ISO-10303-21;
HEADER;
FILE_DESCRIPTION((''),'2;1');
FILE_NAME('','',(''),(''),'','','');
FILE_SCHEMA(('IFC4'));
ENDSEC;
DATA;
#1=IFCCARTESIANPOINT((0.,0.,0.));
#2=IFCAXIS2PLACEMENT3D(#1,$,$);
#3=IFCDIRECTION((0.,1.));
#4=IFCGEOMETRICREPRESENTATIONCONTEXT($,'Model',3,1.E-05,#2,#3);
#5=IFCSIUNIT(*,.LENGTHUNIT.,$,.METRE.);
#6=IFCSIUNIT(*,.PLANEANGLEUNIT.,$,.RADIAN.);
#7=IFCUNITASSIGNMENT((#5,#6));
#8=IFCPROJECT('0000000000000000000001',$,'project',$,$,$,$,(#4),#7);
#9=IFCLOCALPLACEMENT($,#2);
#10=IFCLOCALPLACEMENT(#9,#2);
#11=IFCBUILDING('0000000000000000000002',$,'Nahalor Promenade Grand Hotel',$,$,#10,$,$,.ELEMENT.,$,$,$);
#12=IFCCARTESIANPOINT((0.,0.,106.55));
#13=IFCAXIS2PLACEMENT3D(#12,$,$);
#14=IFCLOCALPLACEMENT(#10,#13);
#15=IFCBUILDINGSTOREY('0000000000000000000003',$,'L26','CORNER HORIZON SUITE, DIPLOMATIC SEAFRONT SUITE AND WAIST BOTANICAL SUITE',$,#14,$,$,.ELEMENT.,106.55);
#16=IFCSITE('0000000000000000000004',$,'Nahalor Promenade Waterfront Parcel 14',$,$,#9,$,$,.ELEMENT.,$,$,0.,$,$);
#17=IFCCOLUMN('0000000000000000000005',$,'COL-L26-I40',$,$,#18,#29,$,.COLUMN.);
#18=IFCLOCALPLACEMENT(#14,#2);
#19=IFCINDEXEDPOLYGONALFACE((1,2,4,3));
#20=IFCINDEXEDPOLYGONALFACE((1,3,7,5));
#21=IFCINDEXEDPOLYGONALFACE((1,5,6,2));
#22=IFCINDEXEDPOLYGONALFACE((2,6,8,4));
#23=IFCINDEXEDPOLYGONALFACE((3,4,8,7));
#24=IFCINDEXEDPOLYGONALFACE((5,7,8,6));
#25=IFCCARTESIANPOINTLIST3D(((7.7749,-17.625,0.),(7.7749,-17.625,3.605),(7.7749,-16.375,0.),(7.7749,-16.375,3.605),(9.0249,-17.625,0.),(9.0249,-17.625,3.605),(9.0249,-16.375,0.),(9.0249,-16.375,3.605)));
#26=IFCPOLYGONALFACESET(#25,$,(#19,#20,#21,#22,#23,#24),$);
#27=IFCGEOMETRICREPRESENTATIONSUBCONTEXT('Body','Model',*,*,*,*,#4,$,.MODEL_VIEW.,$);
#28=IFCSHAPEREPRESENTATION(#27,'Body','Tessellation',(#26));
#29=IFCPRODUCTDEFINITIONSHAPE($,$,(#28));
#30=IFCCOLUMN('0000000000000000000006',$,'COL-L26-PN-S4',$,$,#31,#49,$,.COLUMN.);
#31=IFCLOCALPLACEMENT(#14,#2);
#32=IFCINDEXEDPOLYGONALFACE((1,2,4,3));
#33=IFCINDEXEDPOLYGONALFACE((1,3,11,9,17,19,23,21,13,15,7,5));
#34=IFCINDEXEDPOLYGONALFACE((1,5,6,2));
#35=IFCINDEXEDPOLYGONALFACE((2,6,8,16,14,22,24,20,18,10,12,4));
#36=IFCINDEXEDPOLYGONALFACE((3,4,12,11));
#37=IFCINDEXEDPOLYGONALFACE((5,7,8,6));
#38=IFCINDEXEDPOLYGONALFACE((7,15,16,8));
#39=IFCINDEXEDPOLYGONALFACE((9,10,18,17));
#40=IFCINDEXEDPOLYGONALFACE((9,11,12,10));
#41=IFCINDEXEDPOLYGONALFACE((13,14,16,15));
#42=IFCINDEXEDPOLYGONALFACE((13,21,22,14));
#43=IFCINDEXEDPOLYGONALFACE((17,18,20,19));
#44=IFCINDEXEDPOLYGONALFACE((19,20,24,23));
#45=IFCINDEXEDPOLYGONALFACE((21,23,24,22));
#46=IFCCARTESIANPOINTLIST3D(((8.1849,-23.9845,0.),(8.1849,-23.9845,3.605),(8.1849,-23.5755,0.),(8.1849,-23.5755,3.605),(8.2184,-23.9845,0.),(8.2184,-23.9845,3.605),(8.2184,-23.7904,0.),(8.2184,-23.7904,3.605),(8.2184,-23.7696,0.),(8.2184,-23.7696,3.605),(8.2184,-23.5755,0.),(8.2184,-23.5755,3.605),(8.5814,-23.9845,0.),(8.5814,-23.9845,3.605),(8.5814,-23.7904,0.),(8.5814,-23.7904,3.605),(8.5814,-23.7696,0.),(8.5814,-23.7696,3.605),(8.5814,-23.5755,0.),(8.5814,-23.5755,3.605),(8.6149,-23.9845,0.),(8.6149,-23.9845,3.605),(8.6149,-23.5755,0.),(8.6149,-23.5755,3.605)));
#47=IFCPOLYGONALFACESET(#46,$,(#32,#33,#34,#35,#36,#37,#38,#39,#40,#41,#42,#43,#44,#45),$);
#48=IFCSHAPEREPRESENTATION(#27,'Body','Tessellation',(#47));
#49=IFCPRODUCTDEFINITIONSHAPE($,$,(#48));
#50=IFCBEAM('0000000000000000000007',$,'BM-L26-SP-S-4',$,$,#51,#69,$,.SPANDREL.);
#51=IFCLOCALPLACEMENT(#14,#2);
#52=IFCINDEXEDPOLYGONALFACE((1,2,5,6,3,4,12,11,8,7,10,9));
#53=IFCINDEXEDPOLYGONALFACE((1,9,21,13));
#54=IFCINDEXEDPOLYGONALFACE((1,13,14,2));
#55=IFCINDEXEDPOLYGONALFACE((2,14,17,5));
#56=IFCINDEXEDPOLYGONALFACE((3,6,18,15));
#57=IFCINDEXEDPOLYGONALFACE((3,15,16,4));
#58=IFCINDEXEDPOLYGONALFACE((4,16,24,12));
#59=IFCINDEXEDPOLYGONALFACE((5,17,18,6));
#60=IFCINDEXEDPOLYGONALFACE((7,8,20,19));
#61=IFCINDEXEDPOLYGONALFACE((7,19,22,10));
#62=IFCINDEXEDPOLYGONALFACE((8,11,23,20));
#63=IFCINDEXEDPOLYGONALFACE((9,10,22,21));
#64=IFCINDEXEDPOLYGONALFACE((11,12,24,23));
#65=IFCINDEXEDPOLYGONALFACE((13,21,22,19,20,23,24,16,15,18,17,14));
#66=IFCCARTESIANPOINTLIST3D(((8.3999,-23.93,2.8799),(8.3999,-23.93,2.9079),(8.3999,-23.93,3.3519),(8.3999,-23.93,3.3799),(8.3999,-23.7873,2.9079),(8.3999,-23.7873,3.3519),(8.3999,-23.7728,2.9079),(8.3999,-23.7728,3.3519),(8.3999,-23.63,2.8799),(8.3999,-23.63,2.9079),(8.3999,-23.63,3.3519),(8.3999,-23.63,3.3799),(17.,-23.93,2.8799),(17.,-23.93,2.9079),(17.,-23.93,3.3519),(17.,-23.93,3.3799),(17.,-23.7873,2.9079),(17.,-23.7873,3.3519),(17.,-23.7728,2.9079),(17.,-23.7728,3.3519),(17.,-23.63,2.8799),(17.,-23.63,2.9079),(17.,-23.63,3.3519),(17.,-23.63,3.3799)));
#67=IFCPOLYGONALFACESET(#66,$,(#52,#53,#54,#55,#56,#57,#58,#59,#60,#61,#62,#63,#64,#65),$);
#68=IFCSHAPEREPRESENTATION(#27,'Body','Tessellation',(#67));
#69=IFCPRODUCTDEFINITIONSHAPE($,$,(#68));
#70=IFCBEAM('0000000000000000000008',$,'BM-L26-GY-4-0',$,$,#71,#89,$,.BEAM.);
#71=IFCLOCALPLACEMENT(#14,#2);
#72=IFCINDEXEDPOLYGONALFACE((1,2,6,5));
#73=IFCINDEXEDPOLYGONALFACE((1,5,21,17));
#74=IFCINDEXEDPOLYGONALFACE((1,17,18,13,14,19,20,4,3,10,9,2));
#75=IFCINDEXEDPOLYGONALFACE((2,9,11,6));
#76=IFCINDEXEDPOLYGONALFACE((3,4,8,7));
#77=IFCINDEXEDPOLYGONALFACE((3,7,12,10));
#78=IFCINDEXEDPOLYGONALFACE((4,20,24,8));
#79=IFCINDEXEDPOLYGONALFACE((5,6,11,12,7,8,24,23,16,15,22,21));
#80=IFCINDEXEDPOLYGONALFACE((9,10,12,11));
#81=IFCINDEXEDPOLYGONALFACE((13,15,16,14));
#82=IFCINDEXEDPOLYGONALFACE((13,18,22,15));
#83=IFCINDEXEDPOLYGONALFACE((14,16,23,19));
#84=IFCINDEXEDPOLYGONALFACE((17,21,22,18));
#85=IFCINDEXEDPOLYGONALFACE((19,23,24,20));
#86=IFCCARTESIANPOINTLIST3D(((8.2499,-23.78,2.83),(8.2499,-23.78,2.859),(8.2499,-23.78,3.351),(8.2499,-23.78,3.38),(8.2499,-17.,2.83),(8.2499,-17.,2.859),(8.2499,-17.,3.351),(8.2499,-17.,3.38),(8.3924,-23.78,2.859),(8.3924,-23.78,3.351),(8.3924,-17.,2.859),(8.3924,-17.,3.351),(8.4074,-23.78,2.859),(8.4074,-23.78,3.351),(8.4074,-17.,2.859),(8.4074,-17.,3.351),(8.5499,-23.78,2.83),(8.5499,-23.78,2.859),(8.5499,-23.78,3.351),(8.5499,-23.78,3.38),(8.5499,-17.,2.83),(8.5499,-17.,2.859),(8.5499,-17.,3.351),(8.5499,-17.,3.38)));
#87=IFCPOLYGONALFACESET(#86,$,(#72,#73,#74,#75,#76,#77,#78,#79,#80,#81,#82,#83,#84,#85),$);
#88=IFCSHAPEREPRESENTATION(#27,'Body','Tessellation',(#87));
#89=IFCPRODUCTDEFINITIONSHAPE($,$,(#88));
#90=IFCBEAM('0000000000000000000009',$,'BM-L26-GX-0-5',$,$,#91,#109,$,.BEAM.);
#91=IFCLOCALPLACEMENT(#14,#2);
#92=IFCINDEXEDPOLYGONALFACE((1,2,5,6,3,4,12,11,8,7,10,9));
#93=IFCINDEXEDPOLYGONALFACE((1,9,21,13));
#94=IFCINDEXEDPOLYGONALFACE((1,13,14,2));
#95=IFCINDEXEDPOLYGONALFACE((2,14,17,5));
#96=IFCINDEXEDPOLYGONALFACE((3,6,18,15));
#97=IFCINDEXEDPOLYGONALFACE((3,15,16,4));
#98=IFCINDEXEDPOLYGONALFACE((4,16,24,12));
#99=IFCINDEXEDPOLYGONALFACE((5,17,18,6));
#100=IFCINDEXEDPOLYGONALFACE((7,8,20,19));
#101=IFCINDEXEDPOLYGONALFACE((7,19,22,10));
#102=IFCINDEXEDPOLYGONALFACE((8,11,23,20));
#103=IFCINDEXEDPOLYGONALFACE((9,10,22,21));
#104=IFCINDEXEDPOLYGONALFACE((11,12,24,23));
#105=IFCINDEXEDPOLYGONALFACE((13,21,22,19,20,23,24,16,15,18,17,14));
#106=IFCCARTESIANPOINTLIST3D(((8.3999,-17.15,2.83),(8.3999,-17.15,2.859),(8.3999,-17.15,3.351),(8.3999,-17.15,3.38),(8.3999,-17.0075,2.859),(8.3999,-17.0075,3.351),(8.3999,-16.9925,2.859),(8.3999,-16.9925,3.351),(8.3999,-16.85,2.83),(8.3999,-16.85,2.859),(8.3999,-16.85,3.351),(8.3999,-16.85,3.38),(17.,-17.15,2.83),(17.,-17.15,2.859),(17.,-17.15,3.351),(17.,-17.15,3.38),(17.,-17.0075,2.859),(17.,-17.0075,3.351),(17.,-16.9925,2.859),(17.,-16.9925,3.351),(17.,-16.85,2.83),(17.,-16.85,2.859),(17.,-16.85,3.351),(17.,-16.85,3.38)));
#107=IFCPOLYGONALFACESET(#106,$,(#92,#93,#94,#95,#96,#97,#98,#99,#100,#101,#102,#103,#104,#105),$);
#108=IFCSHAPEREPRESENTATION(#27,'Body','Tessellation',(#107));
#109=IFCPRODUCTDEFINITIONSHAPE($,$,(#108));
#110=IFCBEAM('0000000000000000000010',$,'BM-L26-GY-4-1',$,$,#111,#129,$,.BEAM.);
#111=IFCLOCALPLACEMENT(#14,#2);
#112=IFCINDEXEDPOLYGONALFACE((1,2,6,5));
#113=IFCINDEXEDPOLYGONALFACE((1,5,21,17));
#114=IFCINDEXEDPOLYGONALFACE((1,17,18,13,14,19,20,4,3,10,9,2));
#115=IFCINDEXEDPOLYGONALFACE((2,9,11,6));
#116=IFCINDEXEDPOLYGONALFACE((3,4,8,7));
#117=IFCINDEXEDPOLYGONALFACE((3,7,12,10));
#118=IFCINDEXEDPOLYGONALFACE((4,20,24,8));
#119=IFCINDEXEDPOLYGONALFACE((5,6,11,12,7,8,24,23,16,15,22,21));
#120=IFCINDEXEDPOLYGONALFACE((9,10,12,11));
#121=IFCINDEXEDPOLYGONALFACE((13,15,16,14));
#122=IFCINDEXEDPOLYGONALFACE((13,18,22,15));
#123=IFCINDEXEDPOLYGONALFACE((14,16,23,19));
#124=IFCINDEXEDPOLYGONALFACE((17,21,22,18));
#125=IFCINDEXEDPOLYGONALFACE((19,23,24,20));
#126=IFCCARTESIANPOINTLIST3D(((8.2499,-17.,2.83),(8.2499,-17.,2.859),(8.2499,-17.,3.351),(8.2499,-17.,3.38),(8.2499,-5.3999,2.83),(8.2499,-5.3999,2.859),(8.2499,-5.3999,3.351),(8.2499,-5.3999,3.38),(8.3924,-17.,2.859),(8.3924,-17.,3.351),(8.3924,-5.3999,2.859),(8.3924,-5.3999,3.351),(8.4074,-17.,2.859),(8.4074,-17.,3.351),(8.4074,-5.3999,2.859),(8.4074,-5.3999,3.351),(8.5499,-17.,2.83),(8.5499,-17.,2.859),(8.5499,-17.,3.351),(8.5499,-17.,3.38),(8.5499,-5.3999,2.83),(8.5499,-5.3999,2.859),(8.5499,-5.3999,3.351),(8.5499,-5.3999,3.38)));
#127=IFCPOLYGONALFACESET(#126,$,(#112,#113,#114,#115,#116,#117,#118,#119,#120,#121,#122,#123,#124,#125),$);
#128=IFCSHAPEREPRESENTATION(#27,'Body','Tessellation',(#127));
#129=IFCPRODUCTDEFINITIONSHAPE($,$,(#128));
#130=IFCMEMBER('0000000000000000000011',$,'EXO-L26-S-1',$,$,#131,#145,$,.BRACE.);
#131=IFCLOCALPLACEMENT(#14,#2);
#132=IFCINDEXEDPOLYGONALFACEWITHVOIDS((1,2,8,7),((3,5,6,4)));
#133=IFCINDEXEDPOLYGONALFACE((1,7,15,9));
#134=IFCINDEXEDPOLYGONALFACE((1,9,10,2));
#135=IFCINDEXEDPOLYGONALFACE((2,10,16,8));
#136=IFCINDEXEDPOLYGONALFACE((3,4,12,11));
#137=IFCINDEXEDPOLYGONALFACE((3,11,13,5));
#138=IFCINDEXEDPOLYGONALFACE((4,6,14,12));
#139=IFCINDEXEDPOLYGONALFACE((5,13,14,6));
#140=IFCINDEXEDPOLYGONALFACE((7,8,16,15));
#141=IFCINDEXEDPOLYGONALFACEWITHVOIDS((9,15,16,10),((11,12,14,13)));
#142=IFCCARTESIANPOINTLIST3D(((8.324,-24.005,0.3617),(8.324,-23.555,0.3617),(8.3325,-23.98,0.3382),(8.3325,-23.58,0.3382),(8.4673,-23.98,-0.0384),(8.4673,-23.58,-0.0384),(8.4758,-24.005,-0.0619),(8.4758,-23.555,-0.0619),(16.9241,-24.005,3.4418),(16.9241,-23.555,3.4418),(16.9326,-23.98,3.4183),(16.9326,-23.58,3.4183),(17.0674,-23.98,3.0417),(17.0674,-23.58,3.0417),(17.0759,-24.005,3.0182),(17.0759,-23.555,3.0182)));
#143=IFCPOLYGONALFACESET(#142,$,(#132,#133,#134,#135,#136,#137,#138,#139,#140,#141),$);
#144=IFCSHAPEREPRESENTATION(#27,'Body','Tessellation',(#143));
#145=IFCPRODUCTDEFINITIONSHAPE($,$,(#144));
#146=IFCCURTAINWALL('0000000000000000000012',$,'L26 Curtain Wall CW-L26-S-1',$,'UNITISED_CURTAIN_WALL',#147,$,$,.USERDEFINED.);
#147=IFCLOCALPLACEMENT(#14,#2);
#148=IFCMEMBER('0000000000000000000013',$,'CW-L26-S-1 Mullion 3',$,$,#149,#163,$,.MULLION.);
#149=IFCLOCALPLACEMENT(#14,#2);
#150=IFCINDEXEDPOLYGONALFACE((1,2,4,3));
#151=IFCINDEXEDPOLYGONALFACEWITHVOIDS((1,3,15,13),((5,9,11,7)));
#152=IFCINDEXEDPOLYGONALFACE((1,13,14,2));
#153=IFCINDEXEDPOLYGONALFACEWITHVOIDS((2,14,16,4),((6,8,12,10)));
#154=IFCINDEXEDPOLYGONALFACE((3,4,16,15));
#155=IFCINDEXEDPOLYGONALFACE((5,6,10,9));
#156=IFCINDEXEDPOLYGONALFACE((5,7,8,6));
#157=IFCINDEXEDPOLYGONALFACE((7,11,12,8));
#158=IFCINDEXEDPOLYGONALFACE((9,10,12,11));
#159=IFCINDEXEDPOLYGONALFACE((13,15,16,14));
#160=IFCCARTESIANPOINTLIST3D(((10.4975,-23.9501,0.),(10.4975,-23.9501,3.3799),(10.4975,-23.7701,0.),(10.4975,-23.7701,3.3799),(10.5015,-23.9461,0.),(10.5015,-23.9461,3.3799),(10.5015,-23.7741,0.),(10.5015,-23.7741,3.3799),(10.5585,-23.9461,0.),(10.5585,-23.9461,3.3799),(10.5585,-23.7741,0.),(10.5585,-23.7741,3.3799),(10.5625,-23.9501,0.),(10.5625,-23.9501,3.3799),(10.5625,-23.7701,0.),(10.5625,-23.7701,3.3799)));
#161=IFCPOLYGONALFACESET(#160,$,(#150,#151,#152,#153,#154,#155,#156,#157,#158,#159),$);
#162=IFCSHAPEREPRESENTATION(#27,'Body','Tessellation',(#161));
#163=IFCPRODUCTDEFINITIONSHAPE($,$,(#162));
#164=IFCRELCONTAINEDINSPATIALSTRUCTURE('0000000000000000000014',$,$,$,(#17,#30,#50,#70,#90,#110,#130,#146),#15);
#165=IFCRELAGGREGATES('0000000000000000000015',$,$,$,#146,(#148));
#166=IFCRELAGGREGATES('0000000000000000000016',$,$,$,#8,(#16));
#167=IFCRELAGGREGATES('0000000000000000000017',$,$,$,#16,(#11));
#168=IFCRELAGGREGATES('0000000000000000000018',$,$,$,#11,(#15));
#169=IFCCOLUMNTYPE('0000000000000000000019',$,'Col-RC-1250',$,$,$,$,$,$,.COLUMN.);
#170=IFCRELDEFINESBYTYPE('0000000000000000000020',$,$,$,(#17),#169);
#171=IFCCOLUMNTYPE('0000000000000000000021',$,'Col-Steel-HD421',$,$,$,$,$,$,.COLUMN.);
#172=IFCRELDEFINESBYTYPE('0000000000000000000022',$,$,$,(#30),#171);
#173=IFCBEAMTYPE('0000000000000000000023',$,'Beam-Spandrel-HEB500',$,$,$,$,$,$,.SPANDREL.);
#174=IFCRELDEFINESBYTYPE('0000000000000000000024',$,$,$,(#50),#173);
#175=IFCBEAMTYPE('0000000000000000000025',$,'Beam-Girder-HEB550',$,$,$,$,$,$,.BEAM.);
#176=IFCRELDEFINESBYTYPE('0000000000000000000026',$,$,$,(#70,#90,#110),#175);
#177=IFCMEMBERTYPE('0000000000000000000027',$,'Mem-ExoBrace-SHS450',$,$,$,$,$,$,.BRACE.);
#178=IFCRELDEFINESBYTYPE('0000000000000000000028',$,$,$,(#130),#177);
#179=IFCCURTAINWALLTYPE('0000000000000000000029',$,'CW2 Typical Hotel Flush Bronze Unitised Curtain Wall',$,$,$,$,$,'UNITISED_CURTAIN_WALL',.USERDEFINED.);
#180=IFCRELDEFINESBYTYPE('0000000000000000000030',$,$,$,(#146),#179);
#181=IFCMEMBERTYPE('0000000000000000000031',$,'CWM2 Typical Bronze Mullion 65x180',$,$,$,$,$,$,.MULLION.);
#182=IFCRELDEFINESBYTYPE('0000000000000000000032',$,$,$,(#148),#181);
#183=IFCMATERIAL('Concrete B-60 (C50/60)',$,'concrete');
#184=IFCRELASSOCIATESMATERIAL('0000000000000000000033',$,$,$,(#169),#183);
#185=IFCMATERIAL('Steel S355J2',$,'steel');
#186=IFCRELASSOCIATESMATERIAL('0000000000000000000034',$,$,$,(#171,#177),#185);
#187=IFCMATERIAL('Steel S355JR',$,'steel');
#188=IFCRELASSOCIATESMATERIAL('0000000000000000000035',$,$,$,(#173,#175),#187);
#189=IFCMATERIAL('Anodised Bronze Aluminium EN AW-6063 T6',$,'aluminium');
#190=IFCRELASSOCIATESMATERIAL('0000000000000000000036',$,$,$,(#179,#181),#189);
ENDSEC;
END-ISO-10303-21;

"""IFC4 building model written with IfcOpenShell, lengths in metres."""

from ifc_helpers import new_model, si_unit, direction, frame, origin, origin_2d, place, context, subcontext, project, spatial, rectangle, hollow_rectangle, i_section, extrude, source, transform, mapped, material, material_profile, profile_set, type_object, element, aggregate, save


model = new_model("IFC4")

# Units and contexts
model_context = context("Model", 3, precision=1e-05, world=origin(), true_north=direction((0.0, 1.0)))
body_context = subcontext(model_context, "Body", "Model", "MODEL_VIEW")
ifc_project = project(units=[si_unit("LENGTHUNIT", "METRE"), si_unit("PLANEANGLEUNIT", "RADIAN")], contexts=[model_context])

# Site, building, storey
site_placement = place(None, origin())
site = spatial("IfcSite", under=ifc_project, at=site_placement, Name="Nahalor Promenade Waterfront Parcel 14", CompositionType="ELEMENT", RefElevation=0.0)
building_placement = place(site_placement, origin())
building = spatial("IfcBuilding", under=site, at=building_placement, Name="Nahalor Promenade Grand Hotel", CompositionType="ELEMENT")
storey_placement = place(building_placement, frame((0.0, 0.0, 106.55)))
storey = spatial("IfcBuildingStorey", under=building, at=storey_placement, Name="L26", Description="CORNER HORIZON SUITE, DIPLOMATIC SEAFRONT SUITE AND WAIST BOTANICAL SUITE", CompositionType="ELEMENT", Elevation=106.55)

# Columns
ifc_material_1 = material(Name="Concrete B-60 (C50/60)", Category="concrete")
ifc_material_profile_1 = material_profile(ifc_material_1, rectangle(XDim=1.25, YDim=1.25, at=origin_2d()), Name="RC 1250x1250")
ifc_profile_set_1 = profile_set([ifc_material_profile_1], Name="Concrete B-60 (C50/60)")
column_type_1 = type_object("IfcColumnType", Name="Col-RC-1250", PredefinedType="COLUMN", material=ifc_profile_set_1)
shared_shape_1 = source(origin(), body_context, "Body", "SweptSolid", [
    extrude(rectangle(XDim=1.25, YDim=1.25, at=origin_2d()), origin(), (0.0, 0.0, 1.0), 3.605),
])
column_1_placement = place(storey_placement, frame((8.3999, -17.0, 0.0), z_axis=(0.0, 0.0, 1.0), x_axis=(1.0, 0.0, 0.0)))
element("IfcColumn", 1, at=column_1_placement, inside=storey, type_object=column_type_1, Name="COL-L26-I40", PredefinedType="COLUMN", context=body_context, shape_type="MappedRepresentation", body=[
    mapped(shared_shape_1, transform((0.0, 0.0, 0.0), scale=1.0)),
])
ifc_material_2 = material(Name="Steel S355J2", Category="steel")
ifc_material_profile_2 = material_profile(ifc_material_2, i_section(OverallWidth=0.409, OverallDepth=0.43, WebThickness=0.0208, FlangeThickness=0.0335, at=origin_2d()), Name="HD 400x421")
ifc_profile_set_2 = profile_set([ifc_material_profile_2], Name="Steel S355J2")
column_type_2 = type_object("IfcColumnType", Name="Col-Steel-HD421", PredefinedType="COLUMN", material=ifc_profile_set_2)
shared_shape_2 = source(origin(), body_context, "Body", "SweptSolid", [
    extrude(i_section(OverallWidth=0.409, OverallDepth=0.43, WebThickness=0.0208, FlangeThickness=0.0335, at=origin_2d()), origin(), (0.0, 0.0, 1.0), 3.605),
])
column_2_placement = place(storey_placement, frame((8.3999, -23.78, 0.0), z_axis=(0.0, 0.0, 1.0), x_axis=(0.0, 1.0, 0.0)))
element("IfcColumn", 2, at=column_2_placement, inside=storey, type_object=column_type_2, Name="COL-L26-PN-S4", PredefinedType="COLUMN", context=body_context, shape_type="MappedRepresentation", body=[
    mapped(shared_shape_2, transform((0.0, 0.0, 0.0), scale=1.0)),
])

# Beams
ifc_material_3 = material(Name="Steel S355JR", Category="steel")
ifc_material_profile_3 = material_profile(ifc_material_3, i_section(OverallWidth=0.3, OverallDepth=0.5, WebThickness=0.0145, FlangeThickness=0.028, at=origin_2d()), Name="HEB 500")
ifc_profile_set_3 = profile_set([ifc_material_profile_3], Name="Steel S355JR")
beam_type_1 = type_object("IfcBeamType", Name="Beam-Spandrel-HEB500", PredefinedType="SPANDREL", material=ifc_profile_set_3)
shared_shape_3 = source(origin(), body_context, "Body", "SweptSolid", [
    extrude(i_section(OverallWidth=0.3, OverallDepth=0.5, WebThickness=0.0145, FlangeThickness=0.028, at=origin_2d()), origin(), (0.0, 0.0, 1.0), 8.6001),
])
beam_1_placement = place(storey_placement, frame((8.3999, -23.78, 3.1299), z_axis=(1.0, 0.0, 0.0), x_axis=(0.0, 1.0, 0.0)))
element("IfcBeam", 3, at=beam_1_placement, inside=storey, type_object=beam_type_1, Name="BM-L26-SP-S-4", PredefinedType="SPANDREL", context=body_context, shape_type="MappedRepresentation", body=[
    mapped(shared_shape_3, transform((0.0, 0.0, 0.0), scale=1.0)),
])
ifc_material_profile_4 = material_profile(ifc_material_3, i_section(OverallWidth=0.3, OverallDepth=0.55, WebThickness=0.015, FlangeThickness=0.029, at=origin_2d()), Name="HEB 550")
ifc_profile_set_4 = profile_set([ifc_material_profile_4], Name="Steel S355JR")
beam_type_2 = type_object("IfcBeamType", Name="Beam-Girder-HEB550", PredefinedType="BEAM", material=ifc_profile_set_4)
shared_shape_4 = source(origin(), body_context, "Body", "SweptSolid", [
    extrude(i_section(OverallWidth=0.3, OverallDepth=0.55, WebThickness=0.015, FlangeThickness=0.029, at=origin_2d()), origin(), (0.0, 0.0, 1.0), 6.78),
])
beam_2_placement = place(storey_placement, frame((8.3999, -23.78, 3.105), z_axis=(0.0, 1.0, 0.0), x_axis=(-1.0, 0.0, 0.0)))
element("IfcBeam", 4, at=beam_2_placement, inside=storey, type_object=beam_type_2, Name="BM-L26-GY-4-0", PredefinedType="BEAM", context=body_context, shape_type="MappedRepresentation", body=[
    mapped(shared_shape_4, transform((0.0, 0.0, 0.0), scale=1.0)),
])
shared_shape_5 = source(origin(), body_context, "Body", "SweptSolid", [
    extrude(i_section(OverallWidth=0.3, OverallDepth=0.55, WebThickness=0.015, FlangeThickness=0.029, at=origin_2d()), origin(), (0.0, 0.0, 1.0), 8.6001),
])
beam_3_placement = place(storey_placement, frame((8.3999, -17.0, 3.105), z_axis=(1.0, 0.0, 0.0), x_axis=(0.0, 1.0, 0.0)))
element("IfcBeam", 5, at=beam_3_placement, inside=storey, type_object=beam_type_2, Name="BM-L26-GX-0-5", PredefinedType="BEAM", context=body_context, shape_type="MappedRepresentation", body=[
    mapped(shared_shape_5, transform((0.0, 0.0, 0.0), scale=1.0)),
])
shared_shape_6 = source(origin(), body_context, "Body", "SweptSolid", [
    extrude(i_section(OverallWidth=0.3, OverallDepth=0.55, WebThickness=0.015, FlangeThickness=0.029, at=origin_2d()), origin(), (0.0, 0.0, 1.0), 11.6001),
])
beam_4_placement = place(storey_placement, frame((8.3999, -17.0, 3.105), z_axis=(0.0, 1.0, 0.0), x_axis=(-1.0, 0.0, 0.0)))
element("IfcBeam", 6, at=beam_4_placement, inside=storey, type_object=beam_type_2, Name="BM-L26-GY-4-1", PredefinedType="BEAM", context=body_context, shape_type="MappedRepresentation", body=[
    mapped(shared_shape_6, transform((0.0, 0.0, 0.0), scale=1.0)),
])

# Member
ifc_material_profile_5 = material_profile(ifc_material_2, hollow_rectangle(XDim=0.45, YDim=0.45, WallThickness=0.025, at=origin_2d()), Name="SHS 450x450x25")
ifc_profile_set_5 = profile_set([ifc_material_profile_5], Name="Steel S355J2")
member_type_1 = type_object("IfcMemberType", Name="Mem-ExoBrace-SHS450", PredefinedType="BRACE", material=ifc_profile_set_5)
shared_shape_7 = source(origin(), body_context, "Body", "SweptSolid", [
    extrude(hollow_rectangle(XDim=0.45, YDim=0.45, WallThickness=0.025, at=origin_2d()), origin(), (0.0, 0.0, 1.0), 9.135),
])
member_1_placement = place(storey_placement, frame((8.3999, -23.78, 0.1499), z_axis=(0.941443, 0.0, 0.337173), x_axis=(0.0, 1.0, 0.0)))
element("IfcMember", 7, at=member_1_placement, inside=storey, type_object=member_type_1, Name="EXO-L26-S-1", PredefinedType="BRACE", context=body_context, shape_type="MappedRepresentation", body=[
    mapped(shared_shape_7, transform((0.0, 0.0, 0.0), scale=1.0)),
])

# Curtain wall, member
ifc_material_4 = material(Name="Anodised Bronze Aluminium EN AW-6063 T6", Category="aluminium")
curtain_wall_type = type_object("IfcCurtainWallType", Name="CW2 Typical Hotel Flush Bronze Unitised Curtain Wall", ElementType="UNITISED_CURTAIN_WALL", PredefinedType="USERDEFINED", material=ifc_material_4)
curtain_wall_placement = place(storey_placement, origin())
curtain_wall = element("IfcCurtainWall", 8, at=curtain_wall_placement, inside=storey, type_object=curtain_wall_type, Name="L26 Curtain Wall CW-L26-S-1", ObjectType="UNITISED_CURTAIN_WALL", PredefinedType="USERDEFINED")
ifc_material_profile_6 = material_profile(ifc_material_4, hollow_rectangle(XDim=0.065, YDim=0.18, WallThickness=0.004, at=origin_2d()), Name="CWM 65x180x4")
ifc_profile_set_6 = profile_set([ifc_material_profile_6], Name="Anodised Bronze Aluminium EN AW-6063 T6")
member_type_2 = type_object("IfcMemberType", Name="CWM2 Typical Bronze Mullion 65x180", PredefinedType="MULLION", material=ifc_profile_set_6)
shared_shape_8 = source(origin(), body_context, "Body", "SweptSolid", [
    extrude(hollow_rectangle(XDim=0.065, YDim=0.18, WallThickness=0.004, at=origin_2d()), origin(), (0.0, 0.0, 1.0), 3.3799),
])
member_2_placement = place(storey_placement, frame((10.53, -23.8601, 0.0), z_axis=(0.0, 0.0, 1.0), x_axis=(1.0, 0.0, 0.0)))
member_2 = element("IfcMember", 9, at=member_2_placement, type_object=member_type_2, Name="CW-L26-S-1 Mullion 3", PredefinedType="MULLION", context=body_context, shape_type="MappedRepresentation", body=[
    mapped(shared_shape_8, transform((0.0, 0.0, 0.0), scale=1.0)),
])
aggregate(curtain_wall, [member_2])

save(model, "model.ifc")
